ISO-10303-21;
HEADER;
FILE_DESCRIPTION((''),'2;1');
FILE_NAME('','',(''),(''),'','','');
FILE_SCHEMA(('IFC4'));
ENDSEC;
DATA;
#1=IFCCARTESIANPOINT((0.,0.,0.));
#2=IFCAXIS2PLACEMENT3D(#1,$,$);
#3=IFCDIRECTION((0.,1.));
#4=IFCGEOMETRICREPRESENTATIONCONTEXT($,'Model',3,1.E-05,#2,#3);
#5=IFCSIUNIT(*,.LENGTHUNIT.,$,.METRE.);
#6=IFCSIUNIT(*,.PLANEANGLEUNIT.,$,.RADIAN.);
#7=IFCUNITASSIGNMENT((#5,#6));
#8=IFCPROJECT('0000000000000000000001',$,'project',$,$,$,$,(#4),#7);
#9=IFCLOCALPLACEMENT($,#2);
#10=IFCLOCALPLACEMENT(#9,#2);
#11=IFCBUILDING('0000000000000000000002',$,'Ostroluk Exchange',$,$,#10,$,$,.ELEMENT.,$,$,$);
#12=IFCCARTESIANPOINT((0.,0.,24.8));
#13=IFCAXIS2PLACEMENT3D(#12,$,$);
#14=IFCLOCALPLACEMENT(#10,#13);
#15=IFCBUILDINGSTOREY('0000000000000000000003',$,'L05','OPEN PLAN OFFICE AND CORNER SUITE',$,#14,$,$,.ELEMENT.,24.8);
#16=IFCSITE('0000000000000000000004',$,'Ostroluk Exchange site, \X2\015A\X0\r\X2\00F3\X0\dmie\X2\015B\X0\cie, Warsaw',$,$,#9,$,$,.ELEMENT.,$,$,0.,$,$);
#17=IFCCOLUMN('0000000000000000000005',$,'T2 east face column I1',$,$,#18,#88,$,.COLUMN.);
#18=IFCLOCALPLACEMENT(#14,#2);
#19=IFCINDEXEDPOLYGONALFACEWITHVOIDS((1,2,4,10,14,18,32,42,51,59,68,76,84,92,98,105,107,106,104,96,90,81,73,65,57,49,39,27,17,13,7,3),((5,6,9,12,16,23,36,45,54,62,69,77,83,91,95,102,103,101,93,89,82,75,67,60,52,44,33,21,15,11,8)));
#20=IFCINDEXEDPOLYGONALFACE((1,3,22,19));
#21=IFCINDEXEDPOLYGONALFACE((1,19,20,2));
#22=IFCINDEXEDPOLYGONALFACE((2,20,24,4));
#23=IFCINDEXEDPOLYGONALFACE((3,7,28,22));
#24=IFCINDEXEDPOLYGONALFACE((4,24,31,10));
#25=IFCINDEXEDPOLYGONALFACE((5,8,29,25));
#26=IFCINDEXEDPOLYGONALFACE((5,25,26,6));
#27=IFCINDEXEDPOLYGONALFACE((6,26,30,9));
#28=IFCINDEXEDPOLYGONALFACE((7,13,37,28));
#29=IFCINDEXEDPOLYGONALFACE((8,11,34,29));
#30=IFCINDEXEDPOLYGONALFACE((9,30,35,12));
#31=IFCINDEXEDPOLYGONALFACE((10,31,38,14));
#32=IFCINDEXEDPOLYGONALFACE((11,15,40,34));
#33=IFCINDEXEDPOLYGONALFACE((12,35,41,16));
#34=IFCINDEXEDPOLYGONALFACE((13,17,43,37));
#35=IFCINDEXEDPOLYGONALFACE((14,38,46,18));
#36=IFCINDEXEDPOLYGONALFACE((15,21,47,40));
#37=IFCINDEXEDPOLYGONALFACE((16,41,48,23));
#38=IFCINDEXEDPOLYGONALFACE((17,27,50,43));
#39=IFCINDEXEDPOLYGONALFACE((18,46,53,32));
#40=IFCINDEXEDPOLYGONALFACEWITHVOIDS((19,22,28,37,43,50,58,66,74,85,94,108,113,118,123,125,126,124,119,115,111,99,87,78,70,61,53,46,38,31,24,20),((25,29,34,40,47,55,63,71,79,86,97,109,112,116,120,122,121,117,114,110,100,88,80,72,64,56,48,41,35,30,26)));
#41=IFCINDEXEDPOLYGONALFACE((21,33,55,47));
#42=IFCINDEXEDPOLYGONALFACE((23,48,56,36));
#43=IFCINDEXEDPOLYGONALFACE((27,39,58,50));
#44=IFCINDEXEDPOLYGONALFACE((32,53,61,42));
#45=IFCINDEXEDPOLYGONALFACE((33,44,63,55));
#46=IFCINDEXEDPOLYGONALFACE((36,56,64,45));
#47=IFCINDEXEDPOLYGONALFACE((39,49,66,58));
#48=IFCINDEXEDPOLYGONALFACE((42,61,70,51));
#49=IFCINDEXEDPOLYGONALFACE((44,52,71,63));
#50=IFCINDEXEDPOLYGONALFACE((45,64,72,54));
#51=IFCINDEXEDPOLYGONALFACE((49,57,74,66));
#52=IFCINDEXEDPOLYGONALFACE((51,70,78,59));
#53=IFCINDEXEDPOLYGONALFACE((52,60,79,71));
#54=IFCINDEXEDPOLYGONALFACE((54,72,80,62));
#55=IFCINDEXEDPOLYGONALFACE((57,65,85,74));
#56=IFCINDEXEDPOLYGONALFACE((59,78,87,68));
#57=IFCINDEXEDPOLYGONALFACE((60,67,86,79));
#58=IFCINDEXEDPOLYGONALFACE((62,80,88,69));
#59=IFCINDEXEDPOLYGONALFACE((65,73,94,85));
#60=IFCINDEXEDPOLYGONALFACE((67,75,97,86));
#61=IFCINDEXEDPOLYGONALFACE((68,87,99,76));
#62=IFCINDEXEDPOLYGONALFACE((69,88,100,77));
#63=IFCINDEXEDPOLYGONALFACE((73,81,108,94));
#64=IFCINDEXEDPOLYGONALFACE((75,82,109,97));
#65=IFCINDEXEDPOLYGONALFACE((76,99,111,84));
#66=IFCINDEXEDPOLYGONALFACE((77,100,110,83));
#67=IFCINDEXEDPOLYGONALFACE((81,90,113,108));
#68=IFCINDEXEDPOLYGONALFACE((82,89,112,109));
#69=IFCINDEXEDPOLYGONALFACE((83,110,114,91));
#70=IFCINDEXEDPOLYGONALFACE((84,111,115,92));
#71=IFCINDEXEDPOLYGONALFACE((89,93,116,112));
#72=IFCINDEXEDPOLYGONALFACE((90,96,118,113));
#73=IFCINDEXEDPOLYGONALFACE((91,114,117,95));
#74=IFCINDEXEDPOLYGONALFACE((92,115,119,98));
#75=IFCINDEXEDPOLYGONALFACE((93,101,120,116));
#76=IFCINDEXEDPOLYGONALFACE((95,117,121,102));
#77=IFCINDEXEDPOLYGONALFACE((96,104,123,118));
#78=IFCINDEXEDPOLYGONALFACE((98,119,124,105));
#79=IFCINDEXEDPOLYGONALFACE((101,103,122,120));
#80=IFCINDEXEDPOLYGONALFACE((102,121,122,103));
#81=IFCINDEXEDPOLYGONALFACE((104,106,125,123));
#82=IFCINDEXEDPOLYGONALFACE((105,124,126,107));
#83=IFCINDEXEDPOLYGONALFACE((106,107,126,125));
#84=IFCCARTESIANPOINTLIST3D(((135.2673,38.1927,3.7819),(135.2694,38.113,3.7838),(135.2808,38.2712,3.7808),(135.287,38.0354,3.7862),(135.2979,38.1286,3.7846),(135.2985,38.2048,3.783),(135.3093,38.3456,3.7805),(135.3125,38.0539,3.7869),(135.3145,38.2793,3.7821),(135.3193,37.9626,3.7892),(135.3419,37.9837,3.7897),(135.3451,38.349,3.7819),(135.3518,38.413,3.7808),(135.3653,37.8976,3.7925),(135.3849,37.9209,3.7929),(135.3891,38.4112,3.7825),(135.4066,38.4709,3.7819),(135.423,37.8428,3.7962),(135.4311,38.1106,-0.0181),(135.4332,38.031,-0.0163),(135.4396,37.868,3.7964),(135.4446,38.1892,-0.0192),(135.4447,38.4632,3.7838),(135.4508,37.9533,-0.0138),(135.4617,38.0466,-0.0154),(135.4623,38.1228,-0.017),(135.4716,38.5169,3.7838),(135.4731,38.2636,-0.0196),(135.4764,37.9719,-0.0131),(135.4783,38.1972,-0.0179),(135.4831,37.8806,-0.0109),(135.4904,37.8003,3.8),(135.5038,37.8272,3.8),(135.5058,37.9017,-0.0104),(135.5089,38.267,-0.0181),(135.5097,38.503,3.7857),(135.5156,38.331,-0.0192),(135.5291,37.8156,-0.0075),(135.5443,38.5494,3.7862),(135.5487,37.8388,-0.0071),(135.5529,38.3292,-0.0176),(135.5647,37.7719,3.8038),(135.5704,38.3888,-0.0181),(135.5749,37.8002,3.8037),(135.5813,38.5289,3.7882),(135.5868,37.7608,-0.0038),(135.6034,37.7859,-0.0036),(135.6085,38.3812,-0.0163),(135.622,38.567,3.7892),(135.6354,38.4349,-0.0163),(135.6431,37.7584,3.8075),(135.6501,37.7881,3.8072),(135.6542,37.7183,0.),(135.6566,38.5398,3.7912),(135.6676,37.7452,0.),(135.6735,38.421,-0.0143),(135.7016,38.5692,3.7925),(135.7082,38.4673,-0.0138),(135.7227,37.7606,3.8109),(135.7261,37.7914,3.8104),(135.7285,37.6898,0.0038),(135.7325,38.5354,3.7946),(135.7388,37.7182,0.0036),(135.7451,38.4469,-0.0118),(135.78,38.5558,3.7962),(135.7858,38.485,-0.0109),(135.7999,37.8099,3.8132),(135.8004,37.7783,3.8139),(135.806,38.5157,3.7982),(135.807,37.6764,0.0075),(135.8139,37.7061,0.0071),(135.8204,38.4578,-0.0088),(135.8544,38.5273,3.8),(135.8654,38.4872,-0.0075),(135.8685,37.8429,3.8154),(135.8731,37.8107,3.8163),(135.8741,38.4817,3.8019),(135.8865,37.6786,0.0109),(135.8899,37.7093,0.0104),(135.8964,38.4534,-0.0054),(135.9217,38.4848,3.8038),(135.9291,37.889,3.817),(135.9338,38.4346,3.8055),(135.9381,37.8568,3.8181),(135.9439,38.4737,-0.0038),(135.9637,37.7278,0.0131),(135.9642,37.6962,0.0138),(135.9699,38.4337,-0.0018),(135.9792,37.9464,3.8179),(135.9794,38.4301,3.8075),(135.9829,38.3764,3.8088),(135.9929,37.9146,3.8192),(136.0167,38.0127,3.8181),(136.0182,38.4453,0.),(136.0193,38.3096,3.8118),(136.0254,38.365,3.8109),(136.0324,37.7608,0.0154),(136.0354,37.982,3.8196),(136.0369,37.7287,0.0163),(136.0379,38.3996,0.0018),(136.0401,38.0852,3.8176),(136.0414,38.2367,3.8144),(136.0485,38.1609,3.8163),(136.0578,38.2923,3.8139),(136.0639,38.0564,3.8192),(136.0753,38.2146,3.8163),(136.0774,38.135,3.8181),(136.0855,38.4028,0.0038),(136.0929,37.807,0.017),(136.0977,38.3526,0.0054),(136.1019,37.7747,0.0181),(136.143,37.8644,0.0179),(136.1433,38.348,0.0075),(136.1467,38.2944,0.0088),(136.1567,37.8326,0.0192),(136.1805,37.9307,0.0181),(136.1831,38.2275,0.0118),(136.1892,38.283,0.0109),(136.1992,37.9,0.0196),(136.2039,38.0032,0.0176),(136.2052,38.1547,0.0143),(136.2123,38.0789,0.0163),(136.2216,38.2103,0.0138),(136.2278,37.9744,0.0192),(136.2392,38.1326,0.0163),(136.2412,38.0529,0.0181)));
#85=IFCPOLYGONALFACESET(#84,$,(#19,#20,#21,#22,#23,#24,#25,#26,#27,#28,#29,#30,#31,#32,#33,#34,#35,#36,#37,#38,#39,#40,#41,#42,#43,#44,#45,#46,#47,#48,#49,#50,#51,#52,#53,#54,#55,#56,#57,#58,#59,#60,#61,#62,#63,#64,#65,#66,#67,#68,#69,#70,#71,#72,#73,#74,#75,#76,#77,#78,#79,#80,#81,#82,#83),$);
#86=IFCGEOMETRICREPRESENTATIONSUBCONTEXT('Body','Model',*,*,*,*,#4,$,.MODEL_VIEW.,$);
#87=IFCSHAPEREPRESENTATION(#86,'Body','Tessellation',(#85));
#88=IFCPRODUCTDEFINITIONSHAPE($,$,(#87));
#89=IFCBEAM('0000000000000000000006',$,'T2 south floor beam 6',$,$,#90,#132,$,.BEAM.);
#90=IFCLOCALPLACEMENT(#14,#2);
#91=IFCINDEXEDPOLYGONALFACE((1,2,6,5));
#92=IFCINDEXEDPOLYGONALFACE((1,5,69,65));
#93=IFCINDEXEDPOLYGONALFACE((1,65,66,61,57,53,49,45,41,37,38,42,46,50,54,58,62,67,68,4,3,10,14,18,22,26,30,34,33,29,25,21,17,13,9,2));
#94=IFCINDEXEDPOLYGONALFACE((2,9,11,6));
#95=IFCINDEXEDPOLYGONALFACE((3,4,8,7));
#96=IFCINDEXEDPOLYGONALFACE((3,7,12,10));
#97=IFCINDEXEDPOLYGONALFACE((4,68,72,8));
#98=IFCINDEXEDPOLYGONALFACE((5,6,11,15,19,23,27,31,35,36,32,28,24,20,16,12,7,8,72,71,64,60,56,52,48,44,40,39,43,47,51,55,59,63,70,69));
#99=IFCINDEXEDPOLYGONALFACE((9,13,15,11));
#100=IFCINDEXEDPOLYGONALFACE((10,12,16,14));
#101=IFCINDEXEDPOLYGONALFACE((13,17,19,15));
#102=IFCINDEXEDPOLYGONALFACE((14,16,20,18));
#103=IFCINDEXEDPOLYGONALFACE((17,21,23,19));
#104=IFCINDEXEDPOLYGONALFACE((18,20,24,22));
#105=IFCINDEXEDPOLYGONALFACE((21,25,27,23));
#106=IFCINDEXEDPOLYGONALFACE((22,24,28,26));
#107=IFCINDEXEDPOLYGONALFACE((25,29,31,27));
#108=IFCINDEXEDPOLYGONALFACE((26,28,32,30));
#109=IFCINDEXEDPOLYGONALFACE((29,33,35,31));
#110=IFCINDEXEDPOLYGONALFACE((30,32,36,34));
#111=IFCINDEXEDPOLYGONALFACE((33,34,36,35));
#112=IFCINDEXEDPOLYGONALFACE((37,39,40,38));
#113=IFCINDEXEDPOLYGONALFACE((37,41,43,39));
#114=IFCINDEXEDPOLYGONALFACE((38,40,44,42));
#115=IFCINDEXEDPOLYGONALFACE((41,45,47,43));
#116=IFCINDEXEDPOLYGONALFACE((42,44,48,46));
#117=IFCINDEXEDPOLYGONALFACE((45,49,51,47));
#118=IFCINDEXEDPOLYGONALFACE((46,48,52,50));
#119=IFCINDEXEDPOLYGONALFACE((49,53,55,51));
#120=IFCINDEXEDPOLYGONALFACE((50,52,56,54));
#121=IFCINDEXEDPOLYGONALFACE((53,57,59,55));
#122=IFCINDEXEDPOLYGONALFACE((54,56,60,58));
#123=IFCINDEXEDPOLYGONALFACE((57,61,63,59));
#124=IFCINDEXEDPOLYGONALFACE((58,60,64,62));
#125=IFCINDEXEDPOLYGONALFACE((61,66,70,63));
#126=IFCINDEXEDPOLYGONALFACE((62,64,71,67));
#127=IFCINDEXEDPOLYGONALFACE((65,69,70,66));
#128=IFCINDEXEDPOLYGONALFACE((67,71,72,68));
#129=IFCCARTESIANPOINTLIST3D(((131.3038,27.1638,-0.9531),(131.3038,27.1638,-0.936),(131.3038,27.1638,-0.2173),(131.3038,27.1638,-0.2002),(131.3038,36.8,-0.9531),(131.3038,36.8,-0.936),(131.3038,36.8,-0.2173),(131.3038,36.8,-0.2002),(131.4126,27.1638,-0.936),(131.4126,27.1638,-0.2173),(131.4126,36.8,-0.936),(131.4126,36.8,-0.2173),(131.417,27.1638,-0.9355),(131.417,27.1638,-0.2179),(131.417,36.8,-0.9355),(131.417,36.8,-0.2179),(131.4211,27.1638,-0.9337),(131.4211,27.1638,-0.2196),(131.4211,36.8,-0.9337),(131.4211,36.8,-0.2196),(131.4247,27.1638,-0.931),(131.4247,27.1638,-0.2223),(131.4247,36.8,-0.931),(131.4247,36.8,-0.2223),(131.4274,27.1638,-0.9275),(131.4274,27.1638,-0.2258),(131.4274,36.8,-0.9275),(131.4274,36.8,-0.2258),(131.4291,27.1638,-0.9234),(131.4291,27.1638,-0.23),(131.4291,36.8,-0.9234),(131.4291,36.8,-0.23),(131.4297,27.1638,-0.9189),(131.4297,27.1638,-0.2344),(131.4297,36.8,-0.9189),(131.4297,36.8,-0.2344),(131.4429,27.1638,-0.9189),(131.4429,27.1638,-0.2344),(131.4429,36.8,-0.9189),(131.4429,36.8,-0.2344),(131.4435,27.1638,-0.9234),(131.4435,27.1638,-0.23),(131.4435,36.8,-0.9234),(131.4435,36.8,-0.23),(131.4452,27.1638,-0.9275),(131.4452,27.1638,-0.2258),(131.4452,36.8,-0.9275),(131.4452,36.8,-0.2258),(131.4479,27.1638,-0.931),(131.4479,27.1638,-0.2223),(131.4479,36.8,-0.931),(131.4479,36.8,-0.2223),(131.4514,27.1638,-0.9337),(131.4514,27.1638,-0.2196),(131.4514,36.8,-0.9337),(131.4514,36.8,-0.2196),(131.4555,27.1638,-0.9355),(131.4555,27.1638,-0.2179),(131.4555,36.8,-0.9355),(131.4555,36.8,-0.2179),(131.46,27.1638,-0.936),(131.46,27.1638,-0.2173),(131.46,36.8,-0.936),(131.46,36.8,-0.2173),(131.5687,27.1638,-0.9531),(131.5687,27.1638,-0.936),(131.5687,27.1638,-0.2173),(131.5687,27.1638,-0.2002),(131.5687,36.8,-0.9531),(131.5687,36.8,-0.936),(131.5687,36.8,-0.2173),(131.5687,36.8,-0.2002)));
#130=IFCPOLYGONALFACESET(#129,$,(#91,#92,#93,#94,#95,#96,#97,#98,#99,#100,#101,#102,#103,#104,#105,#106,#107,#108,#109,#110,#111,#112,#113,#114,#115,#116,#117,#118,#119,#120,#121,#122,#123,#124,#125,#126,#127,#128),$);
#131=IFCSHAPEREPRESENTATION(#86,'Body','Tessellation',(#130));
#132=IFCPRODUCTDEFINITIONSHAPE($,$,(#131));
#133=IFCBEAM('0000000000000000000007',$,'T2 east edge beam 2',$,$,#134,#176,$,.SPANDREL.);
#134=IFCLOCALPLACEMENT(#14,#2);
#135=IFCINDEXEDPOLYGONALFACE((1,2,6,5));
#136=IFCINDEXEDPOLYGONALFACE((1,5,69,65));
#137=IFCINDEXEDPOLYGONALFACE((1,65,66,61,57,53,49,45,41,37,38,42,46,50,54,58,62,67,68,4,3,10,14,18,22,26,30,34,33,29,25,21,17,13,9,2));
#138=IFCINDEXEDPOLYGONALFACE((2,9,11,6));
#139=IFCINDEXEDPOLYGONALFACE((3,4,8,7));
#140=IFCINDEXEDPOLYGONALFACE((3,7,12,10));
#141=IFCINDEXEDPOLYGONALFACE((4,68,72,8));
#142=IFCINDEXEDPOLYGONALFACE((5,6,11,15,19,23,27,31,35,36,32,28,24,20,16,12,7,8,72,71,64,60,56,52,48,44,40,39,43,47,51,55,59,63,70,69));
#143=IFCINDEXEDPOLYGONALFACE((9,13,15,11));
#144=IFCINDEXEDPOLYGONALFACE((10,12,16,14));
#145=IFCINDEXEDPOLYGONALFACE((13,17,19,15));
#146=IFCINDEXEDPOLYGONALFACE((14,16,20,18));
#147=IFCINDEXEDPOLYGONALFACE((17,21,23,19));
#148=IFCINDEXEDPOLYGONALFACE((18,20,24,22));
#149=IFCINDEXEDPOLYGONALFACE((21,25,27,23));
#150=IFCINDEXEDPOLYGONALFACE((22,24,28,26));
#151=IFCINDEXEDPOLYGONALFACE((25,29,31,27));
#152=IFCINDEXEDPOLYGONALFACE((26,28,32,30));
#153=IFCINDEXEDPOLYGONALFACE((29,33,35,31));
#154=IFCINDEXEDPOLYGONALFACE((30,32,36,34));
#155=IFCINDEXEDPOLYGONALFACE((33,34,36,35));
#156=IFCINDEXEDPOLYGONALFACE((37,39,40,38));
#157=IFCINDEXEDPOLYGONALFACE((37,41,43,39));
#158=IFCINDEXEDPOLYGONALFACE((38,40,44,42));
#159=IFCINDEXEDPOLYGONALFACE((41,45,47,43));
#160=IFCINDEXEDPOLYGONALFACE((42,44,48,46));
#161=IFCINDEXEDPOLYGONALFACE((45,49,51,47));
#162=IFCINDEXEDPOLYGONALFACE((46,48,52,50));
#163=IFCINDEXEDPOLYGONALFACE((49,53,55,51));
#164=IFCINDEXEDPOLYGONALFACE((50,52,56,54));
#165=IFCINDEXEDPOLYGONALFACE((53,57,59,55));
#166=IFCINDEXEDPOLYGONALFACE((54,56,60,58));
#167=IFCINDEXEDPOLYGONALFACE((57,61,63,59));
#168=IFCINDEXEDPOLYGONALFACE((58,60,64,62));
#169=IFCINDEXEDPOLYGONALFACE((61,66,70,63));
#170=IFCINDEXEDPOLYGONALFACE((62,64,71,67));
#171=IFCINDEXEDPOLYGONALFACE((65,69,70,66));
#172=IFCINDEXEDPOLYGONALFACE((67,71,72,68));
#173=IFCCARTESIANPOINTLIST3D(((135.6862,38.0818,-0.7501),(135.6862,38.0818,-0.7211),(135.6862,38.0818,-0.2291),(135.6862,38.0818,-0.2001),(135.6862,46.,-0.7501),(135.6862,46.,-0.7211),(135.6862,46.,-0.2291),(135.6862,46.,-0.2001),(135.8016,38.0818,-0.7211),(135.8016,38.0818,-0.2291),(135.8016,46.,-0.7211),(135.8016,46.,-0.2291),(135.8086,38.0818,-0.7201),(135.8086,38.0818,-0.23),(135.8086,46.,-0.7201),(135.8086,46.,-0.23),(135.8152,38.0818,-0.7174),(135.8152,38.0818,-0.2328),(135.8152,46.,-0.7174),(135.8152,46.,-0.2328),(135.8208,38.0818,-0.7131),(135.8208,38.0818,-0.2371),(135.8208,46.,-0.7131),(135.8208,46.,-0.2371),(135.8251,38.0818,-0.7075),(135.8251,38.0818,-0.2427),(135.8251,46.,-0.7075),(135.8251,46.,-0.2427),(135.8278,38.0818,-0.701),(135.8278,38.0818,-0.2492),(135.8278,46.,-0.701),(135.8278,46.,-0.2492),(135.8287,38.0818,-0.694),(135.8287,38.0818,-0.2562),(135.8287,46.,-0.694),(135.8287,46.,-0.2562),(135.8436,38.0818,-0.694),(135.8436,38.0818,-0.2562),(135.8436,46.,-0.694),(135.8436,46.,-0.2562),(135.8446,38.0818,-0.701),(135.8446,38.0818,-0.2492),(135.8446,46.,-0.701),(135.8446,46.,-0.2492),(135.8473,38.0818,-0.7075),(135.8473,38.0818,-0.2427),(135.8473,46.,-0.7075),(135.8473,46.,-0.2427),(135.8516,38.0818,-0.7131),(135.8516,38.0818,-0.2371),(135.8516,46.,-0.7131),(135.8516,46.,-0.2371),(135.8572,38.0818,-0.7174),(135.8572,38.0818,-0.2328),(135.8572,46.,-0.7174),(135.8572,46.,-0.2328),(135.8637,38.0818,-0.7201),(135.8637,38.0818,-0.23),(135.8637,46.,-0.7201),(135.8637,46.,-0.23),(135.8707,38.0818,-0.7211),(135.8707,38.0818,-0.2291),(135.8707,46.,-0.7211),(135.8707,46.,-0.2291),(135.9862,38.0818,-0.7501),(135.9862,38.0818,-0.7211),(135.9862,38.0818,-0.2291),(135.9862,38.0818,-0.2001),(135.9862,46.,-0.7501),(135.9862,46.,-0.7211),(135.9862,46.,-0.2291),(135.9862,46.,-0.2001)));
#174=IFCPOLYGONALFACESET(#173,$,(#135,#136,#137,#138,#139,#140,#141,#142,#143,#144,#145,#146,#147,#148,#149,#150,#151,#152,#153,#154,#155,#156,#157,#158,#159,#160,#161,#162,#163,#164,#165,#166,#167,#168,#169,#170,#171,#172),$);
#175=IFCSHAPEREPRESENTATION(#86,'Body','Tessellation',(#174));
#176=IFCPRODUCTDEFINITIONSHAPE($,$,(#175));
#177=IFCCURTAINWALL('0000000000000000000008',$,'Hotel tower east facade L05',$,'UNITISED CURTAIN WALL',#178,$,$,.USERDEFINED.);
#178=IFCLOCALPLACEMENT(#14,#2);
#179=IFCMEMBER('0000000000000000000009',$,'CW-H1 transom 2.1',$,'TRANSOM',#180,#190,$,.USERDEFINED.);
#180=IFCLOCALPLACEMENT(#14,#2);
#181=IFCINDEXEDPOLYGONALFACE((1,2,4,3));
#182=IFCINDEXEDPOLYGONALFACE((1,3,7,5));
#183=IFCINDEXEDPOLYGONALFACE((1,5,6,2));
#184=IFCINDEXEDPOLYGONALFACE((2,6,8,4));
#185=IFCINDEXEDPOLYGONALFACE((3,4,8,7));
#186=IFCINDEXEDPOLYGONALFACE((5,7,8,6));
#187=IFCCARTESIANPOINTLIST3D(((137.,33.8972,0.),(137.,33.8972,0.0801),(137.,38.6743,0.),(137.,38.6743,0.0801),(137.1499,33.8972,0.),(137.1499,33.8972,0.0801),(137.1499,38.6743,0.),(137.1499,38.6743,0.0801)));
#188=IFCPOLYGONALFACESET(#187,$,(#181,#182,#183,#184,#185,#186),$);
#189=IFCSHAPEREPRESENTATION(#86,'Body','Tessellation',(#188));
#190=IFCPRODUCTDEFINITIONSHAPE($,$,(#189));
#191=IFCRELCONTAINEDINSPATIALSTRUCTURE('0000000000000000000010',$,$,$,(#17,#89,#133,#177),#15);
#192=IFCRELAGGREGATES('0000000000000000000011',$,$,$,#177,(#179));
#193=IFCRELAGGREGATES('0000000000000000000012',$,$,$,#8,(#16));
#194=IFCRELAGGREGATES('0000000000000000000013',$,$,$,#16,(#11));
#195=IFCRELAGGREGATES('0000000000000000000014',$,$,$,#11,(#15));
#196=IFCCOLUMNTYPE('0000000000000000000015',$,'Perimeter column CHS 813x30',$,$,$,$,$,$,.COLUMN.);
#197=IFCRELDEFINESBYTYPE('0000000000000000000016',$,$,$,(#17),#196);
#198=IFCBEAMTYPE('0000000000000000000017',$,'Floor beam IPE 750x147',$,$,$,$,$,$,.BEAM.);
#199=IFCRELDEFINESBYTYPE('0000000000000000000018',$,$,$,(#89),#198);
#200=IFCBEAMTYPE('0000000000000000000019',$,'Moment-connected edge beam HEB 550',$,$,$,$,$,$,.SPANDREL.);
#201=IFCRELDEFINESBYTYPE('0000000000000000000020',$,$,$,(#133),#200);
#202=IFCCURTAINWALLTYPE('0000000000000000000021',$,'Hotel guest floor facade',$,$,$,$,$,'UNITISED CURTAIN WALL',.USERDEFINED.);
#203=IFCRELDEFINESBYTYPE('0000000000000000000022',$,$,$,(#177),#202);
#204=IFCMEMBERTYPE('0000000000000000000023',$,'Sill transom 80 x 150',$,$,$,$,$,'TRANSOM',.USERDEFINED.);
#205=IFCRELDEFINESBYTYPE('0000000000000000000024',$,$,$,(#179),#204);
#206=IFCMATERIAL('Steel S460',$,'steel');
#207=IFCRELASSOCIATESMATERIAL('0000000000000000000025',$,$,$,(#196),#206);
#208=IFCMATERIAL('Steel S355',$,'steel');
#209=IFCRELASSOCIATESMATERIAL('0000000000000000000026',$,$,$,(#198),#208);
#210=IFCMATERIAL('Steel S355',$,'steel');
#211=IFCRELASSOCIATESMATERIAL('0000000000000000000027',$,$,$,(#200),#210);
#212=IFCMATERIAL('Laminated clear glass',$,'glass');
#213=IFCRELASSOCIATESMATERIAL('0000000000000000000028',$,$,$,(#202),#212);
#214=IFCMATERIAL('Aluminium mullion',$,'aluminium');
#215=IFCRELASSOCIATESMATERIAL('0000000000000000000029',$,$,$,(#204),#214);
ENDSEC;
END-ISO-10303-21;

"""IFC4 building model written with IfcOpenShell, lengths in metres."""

from ifc_helpers import new_model, si_unit, direction, frame, origin, origin_2d, place, context, subcontext, project, spatial, rectangle, hollow_circle, i_section, extrude, material, material_profile, profile_set, type_object, element, aggregate, save


model = new_model("IFC4")

# Units and contexts
model_context = context("Model", 3, precision=1e-05, world=origin(), true_north=direction((0.0, 1.0)))
body_context = subcontext(model_context, "Body", "Model", "MODEL_VIEW")
ifc_project = project(units=[si_unit("LENGTHUNIT", "METRE"), si_unit("PLANEANGLEUNIT", "RADIAN")], contexts=[model_context])

# Site, building, storey
site_placement = place(None, origin())
site = spatial("IfcSite", under=ifc_project, at=site_placement, Name="Ostroluk Exchange site, Śródmieście, Warsaw", CompositionType="ELEMENT", RefElevation=0.0)
building_placement = place(site_placement, origin())
building = spatial("IfcBuilding", under=site, at=building_placement, Name="Ostroluk Exchange", CompositionType="ELEMENT")
storey_placement = place(building_placement, frame((0.0, 0.0, 24.8)))
storey = spatial("IfcBuildingStorey", under=building, at=storey_placement, Name="L05", Description="OPEN PLAN OFFICE AND CORNER SUITE", CompositionType="ELEMENT", Elevation=24.8)

# Column
ifc_material_1 = material(Name="Steel S460", Category="steel")
ifc_material_profile_1 = material_profile(ifc_material_1, hollow_circle(Radius=0.4065, WallThickness=0.03, at=origin_2d()), Name="CHS 813x30")
ifc_profile_set_1 = profile_set([ifc_material_profile_1], Name="Steel S460")
column_type = type_object("IfcColumnType", Name="Perimeter column CHS 813x30", PredefinedType="COLUMN", material=ifc_profile_set_1)
column_placement = place(storey_placement, frame((135.8362, 38.0818, 0.0), z_axis=(-0.04306, 0.021562, 0.99884), x_axis=(-0.447747, -0.894161, 0.0)))
element("IfcColumn", 1, at=column_placement, inside=storey, type_object=column_type, Name="T2 east face column I1", PredefinedType="COLUMN", context=body_context, shape_type="SweptSolid", body=[
    extrude(hollow_circle(Radius=0.4065, WallThickness=0.03, at=origin_2d()), origin(), (0.0, 0.0, 1.0), 3.8044),
])

# Beams
ifc_material_2 = material(Name="Steel S355", Category="steel")
ifc_material_profile_2 = material_profile(ifc_material_2, i_section(OverallWidth=0.2649, OverallDepth=0.7529, WebThickness=0.0132, FlangeThickness=0.0171, FilletRadius=0.0171, at=origin_2d()), Name="IPE 750x147")
ifc_profile_set_2 = profile_set([ifc_material_profile_2], Name="Steel S355")
beam_type_1 = type_object("IfcBeamType", Name="Floor beam IPE 750x147", PredefinedType="BEAM", material=ifc_profile_set_2)
beam_1_placement = place(storey_placement, frame((131.4363, 36.8, -0.5767), z_axis=(0.0, -1.0, 0.0), x_axis=(1.0, 0.0, 0.0)))
element("IfcBeam", 2, at=beam_1_placement, inside=storey, type_object=beam_type_1, Name="T2 south floor beam 6", PredefinedType="BEAM", context=body_context, shape_type="SweptSolid", body=[
    extrude(i_section(OverallWidth=0.2649, OverallDepth=0.7529, WebThickness=0.0132, FlangeThickness=0.0171, FilletRadius=0.0171, at=origin_2d()), origin(), (0.0, 0.0, 1.0), 9.6362),
])
ifc_material_3 = material(Name="Steel S355", Category="steel")
ifc_material_profile_3 = material_profile(ifc_material_3, i_section(OverallWidth=0.3, OverallDepth=0.55, WebThickness=0.0149, FlangeThickness=0.0291, FilletRadius=0.0271, at=origin_2d()), Name="HEB 550")
ifc_profile_set_3 = profile_set([ifc_material_profile_3], Name="Steel S355")
beam_type_2 = type_object("IfcBeamType", Name="Moment-connected edge beam HEB 550", PredefinedType="SPANDREL", material=ifc_profile_set_3)
beam_2_placement = place(storey_placement, frame((135.8362, 38.0818, -0.4751), z_axis=(0.0, 1.0, 0.0), x_axis=(-1.0, 0.0, 0.0)))
element("IfcBeam", 3, at=beam_2_placement, inside=storey, type_object=beam_type_2, Name="T2 east edge beam 2", PredefinedType="SPANDREL", context=body_context, shape_type="SweptSolid", body=[
    extrude(i_section(OverallWidth=0.3, OverallDepth=0.55, WebThickness=0.0149, FlangeThickness=0.0291, FilletRadius=0.0271, at=origin_2d()), origin(), (0.0, 0.0, 1.0), 7.9182),
])

# Curtain wall, member
ifc_material_4 = material(Name="Laminated clear glass", Category="glass")
curtain_wall_type = type_object("IfcCurtainWallType", Name="Hotel guest floor facade", ElementType="UNITISED CURTAIN WALL", PredefinedType="USERDEFINED", material=ifc_material_4)
curtain_wall_placement = place(storey_placement, origin())
curtain_wall = element("IfcCurtainWall", 4, at=curtain_wall_placement, inside=storey, type_object=curtain_wall_type, Name="Hotel tower east facade L05", ObjectType="UNITISED CURTAIN WALL", PredefinedType="USERDEFINED")
ifc_material_5 = material(Name="Aluminium mullion", Category="aluminium")
ifc_material_profile_4 = material_profile(ifc_material_5, rectangle(XDim=0.1499, YDim=0.0801, at=origin_2d()), Name="Sill transom 80 x 150")
ifc_profile_set_4 = profile_set([ifc_material_profile_4], Name="Aluminium mullion")
member_type_1 = type_object("IfcMemberType", Name="Sill transom 80 x 150", ElementType="TRANSOM", PredefinedType="USERDEFINED", material=ifc_profile_set_4)
member_1_placement = place(storey_placement, frame((137.075, 33.8972, 0.04), z_axis=(0.0, 1.0, 0.0), x_axis=(-1.0, 0.0, 0.0)))
member_1 = element("IfcMember", 5, at=member_1_placement, type_object=member_type_1, Name="CW-H1 transom 2.1", ObjectType="TRANSOM", PredefinedType="USERDEFINED", context=body_context, shape_type="SweptSolid", body=[
    extrude(rectangle(XDim=0.1499, YDim=0.0801, at=origin_2d()), origin(), (0.0, 0.0, 1.0), 4.7771),
])
aggregate(curtain_wall, [member_1])

save(model, "model.ifc")
